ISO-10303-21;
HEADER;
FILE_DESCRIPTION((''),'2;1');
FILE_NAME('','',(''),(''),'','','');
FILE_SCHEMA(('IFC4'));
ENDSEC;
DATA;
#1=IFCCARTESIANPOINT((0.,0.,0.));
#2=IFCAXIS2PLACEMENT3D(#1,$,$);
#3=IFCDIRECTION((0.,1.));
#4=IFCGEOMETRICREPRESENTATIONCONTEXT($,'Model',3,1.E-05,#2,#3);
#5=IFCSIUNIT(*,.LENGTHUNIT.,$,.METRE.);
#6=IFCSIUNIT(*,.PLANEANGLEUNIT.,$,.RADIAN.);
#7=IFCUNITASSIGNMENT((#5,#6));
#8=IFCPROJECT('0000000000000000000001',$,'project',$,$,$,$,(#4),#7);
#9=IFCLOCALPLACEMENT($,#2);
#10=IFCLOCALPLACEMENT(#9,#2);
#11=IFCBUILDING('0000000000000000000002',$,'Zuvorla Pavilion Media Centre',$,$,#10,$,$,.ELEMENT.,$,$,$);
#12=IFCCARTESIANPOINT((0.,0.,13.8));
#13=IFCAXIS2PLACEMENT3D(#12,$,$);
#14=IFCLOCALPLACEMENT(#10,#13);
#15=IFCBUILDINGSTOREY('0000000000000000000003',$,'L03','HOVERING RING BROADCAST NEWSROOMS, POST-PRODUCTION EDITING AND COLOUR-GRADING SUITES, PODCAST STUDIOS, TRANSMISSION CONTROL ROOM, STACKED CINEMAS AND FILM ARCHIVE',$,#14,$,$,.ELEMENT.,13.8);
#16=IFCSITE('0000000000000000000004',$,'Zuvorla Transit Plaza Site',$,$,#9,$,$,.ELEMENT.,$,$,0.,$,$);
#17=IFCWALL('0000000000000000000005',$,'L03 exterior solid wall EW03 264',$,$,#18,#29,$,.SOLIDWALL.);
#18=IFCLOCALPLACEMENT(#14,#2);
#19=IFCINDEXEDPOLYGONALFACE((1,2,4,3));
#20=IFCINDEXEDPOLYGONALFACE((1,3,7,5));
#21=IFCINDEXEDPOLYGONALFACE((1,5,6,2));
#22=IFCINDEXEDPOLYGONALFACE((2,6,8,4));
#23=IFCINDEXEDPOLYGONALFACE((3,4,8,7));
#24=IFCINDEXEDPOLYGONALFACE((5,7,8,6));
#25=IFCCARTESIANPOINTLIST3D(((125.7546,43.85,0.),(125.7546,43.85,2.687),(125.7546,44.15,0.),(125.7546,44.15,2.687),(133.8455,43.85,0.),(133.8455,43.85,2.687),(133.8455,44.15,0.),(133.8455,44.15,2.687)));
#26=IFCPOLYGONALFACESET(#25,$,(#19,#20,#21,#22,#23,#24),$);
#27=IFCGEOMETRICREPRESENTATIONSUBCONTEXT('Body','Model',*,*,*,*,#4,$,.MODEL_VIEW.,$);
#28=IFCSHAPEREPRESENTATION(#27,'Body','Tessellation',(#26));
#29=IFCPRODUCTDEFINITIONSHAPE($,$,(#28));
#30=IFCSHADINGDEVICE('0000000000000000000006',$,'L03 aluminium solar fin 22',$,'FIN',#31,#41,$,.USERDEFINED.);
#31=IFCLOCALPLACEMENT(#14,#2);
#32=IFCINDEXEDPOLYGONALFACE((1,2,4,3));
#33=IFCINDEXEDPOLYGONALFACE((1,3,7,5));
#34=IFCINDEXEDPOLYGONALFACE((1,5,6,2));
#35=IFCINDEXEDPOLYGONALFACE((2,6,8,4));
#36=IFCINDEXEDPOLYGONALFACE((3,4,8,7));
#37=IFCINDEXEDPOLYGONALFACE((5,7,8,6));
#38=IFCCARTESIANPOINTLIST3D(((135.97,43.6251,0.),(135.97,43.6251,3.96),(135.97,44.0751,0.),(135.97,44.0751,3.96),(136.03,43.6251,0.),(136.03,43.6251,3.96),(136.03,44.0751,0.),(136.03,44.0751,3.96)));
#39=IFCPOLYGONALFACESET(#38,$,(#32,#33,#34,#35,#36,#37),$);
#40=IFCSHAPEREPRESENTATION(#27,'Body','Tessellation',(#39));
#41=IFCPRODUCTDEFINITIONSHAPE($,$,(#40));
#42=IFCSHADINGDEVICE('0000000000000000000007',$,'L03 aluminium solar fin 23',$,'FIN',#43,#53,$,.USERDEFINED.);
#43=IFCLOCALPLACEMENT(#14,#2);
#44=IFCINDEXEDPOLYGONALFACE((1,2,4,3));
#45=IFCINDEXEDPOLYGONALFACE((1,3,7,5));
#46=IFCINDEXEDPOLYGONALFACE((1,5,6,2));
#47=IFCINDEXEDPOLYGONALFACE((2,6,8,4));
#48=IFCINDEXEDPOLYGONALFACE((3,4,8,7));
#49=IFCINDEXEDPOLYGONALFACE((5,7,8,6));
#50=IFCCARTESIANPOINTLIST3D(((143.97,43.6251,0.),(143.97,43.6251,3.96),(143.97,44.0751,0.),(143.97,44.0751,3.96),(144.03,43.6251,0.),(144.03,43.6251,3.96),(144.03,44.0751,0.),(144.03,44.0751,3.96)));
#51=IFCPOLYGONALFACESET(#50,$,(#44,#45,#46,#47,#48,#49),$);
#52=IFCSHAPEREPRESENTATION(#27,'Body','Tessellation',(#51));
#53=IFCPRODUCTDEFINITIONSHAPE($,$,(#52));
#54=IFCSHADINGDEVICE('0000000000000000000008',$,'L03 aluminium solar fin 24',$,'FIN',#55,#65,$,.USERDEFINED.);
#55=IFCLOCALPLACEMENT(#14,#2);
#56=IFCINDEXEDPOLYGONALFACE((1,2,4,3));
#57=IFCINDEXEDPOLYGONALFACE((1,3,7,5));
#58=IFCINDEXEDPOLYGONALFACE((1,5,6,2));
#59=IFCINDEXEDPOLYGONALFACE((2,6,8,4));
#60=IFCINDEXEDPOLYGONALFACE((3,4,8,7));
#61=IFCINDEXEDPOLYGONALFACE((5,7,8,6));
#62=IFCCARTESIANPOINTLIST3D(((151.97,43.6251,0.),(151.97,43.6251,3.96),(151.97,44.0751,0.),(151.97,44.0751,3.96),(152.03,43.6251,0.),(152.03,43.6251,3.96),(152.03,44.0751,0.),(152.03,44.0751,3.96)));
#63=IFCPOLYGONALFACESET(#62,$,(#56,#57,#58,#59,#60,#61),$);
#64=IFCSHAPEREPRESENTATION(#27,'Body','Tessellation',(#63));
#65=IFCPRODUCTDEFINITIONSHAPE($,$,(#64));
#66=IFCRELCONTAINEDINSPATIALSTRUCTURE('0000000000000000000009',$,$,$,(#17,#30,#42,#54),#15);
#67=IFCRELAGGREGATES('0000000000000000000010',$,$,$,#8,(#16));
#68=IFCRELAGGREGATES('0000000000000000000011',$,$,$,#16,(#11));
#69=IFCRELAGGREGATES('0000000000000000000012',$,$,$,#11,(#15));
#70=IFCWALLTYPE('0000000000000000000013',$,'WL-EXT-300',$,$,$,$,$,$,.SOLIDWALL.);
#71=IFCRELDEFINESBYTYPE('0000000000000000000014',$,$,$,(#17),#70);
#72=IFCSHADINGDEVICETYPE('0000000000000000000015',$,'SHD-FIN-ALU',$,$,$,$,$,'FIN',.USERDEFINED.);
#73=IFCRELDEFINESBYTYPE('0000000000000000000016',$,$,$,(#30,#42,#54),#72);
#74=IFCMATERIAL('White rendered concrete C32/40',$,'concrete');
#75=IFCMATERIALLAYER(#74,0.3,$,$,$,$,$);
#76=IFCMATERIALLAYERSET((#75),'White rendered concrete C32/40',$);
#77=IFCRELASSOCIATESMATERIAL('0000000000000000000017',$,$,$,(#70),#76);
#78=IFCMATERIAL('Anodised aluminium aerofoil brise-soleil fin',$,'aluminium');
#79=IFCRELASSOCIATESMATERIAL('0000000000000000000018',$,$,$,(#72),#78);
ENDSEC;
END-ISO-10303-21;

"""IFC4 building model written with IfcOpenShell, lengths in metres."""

from ifc_helpers import new_model, si_unit, direction, frame, frame_2d, origin, origin_2d, place, context, subcontext, project, spatial, rectangle, extrude, material, layer, layer_set, type_object, element, save


model = new_model("IFC4")

# Units and contexts
model_context = context("Model", 3, precision=1e-05, world=origin(), true_north=direction((0.0, 1.0)))
body_context = subcontext(model_context, "Body", "Model", "MODEL_VIEW")
ifc_project = project(units=[si_unit("LENGTHUNIT", "METRE"), si_unit("PLANEANGLEUNIT", "RADIAN")], contexts=[model_context])

# Site, building, storey
site_placement = place(None, origin())
site = spatial("IfcSite", under=ifc_project, at=site_placement, Name="Zuvorla Transit Plaza Site", CompositionType="ELEMENT", RefElevation=0.0)
building_placement = place(site_placement, origin())
building = spatial("IfcBuilding", under=site, at=building_placement, Name="Zuvorla Pavilion Media Centre", CompositionType="ELEMENT")
storey_placement = place(building_placement, frame((0.0, 0.0, 13.8)))
storey = spatial("IfcBuildingStorey", under=building, at=storey_placement, Name="L03", Description="HOVERING RING BROADCAST NEWSROOMS, POST-PRODUCTION EDITING AND COLOUR-GRADING SUITES, PODCAST STUDIOS, TRANSMISSION CONTROL ROOM, STACKED CINEMAS AND FILM ARCHIVE", CompositionType="ELEMENT", Elevation=13.8)

# Wall
ifc_material_1 = material(Name="White rendered concrete C32/40", Category="concrete")
ifc_layer = layer(ifc_material_1, 0.3)
ifc_layer_set = layer_set([ifc_layer], Name="White rendered concrete C32/40")
wall_type = type_object("IfcWallType", Name="WL-EXT-300", PredefinedType="SOLIDWALL", material=ifc_layer_set)
wall_1_placement = place(storey_placement, frame((133.8455, 44.0, 0.0), z_axis=(0.0, 0.0, 1.0), x_axis=(-1.0, 0.0, 0.0)))
element("IfcWall", 1, at=wall_1_placement, inside=storey, type_object=wall_type, Name="L03 exterior solid wall EW03 264", PredefinedType="SOLIDWALL", context=body_context, shape_type="SweptSolid", body=[
    extrude(rectangle(XDim=8.0908, YDim=0.3, at=frame_2d((4.0454, 0.0))), origin(), (0.0, 0.0, 1.0), 2.687),
])

# Shading devices
ifc_material_2 = material(Name="Anodised aluminium aerofoil brise-soleil fin", Category="aluminium")
shading_device_type = type_object("IfcShadingDeviceType", Name="SHD-FIN-ALU", ElementType="FIN", PredefinedType="USERDEFINED", material=ifc_material_2)
for number, where, z_axis, x_axis, name in (
    (2, (136.0, 43.8501, 0.0), (0.0, 0.0, 1.0), (1.0, 0.0, 0.0), "L03 aluminium solar fin 22"),
    (3, (144.0, 43.8501, 0.0), (0.0, 0.0, 1.0), (1.0, 0.0, 0.0), "L03 aluminium solar fin 23"),
    (4, (152.0, 43.8501, 0.0), (0.0, 0.0, 1.0), (1.0, 0.0, 0.0), "L03 aluminium solar fin 24"),
):
    element("IfcShadingDevice", number, at=place(storey_placement, frame(where, z_axis=z_axis, x_axis=x_axis)), inside=storey, type_object=shading_device_type, Name=name, ObjectType="FIN", PredefinedType="USERDEFINED", context=body_context, shape_type="SweptSolid", body=[
        extrude(rectangle(XDim=0.0601, YDim=0.45, at=origin_2d()), origin(), (0.0, 0.0, 1.0), 3.96),
    ])

save(model, "model.ifc")
